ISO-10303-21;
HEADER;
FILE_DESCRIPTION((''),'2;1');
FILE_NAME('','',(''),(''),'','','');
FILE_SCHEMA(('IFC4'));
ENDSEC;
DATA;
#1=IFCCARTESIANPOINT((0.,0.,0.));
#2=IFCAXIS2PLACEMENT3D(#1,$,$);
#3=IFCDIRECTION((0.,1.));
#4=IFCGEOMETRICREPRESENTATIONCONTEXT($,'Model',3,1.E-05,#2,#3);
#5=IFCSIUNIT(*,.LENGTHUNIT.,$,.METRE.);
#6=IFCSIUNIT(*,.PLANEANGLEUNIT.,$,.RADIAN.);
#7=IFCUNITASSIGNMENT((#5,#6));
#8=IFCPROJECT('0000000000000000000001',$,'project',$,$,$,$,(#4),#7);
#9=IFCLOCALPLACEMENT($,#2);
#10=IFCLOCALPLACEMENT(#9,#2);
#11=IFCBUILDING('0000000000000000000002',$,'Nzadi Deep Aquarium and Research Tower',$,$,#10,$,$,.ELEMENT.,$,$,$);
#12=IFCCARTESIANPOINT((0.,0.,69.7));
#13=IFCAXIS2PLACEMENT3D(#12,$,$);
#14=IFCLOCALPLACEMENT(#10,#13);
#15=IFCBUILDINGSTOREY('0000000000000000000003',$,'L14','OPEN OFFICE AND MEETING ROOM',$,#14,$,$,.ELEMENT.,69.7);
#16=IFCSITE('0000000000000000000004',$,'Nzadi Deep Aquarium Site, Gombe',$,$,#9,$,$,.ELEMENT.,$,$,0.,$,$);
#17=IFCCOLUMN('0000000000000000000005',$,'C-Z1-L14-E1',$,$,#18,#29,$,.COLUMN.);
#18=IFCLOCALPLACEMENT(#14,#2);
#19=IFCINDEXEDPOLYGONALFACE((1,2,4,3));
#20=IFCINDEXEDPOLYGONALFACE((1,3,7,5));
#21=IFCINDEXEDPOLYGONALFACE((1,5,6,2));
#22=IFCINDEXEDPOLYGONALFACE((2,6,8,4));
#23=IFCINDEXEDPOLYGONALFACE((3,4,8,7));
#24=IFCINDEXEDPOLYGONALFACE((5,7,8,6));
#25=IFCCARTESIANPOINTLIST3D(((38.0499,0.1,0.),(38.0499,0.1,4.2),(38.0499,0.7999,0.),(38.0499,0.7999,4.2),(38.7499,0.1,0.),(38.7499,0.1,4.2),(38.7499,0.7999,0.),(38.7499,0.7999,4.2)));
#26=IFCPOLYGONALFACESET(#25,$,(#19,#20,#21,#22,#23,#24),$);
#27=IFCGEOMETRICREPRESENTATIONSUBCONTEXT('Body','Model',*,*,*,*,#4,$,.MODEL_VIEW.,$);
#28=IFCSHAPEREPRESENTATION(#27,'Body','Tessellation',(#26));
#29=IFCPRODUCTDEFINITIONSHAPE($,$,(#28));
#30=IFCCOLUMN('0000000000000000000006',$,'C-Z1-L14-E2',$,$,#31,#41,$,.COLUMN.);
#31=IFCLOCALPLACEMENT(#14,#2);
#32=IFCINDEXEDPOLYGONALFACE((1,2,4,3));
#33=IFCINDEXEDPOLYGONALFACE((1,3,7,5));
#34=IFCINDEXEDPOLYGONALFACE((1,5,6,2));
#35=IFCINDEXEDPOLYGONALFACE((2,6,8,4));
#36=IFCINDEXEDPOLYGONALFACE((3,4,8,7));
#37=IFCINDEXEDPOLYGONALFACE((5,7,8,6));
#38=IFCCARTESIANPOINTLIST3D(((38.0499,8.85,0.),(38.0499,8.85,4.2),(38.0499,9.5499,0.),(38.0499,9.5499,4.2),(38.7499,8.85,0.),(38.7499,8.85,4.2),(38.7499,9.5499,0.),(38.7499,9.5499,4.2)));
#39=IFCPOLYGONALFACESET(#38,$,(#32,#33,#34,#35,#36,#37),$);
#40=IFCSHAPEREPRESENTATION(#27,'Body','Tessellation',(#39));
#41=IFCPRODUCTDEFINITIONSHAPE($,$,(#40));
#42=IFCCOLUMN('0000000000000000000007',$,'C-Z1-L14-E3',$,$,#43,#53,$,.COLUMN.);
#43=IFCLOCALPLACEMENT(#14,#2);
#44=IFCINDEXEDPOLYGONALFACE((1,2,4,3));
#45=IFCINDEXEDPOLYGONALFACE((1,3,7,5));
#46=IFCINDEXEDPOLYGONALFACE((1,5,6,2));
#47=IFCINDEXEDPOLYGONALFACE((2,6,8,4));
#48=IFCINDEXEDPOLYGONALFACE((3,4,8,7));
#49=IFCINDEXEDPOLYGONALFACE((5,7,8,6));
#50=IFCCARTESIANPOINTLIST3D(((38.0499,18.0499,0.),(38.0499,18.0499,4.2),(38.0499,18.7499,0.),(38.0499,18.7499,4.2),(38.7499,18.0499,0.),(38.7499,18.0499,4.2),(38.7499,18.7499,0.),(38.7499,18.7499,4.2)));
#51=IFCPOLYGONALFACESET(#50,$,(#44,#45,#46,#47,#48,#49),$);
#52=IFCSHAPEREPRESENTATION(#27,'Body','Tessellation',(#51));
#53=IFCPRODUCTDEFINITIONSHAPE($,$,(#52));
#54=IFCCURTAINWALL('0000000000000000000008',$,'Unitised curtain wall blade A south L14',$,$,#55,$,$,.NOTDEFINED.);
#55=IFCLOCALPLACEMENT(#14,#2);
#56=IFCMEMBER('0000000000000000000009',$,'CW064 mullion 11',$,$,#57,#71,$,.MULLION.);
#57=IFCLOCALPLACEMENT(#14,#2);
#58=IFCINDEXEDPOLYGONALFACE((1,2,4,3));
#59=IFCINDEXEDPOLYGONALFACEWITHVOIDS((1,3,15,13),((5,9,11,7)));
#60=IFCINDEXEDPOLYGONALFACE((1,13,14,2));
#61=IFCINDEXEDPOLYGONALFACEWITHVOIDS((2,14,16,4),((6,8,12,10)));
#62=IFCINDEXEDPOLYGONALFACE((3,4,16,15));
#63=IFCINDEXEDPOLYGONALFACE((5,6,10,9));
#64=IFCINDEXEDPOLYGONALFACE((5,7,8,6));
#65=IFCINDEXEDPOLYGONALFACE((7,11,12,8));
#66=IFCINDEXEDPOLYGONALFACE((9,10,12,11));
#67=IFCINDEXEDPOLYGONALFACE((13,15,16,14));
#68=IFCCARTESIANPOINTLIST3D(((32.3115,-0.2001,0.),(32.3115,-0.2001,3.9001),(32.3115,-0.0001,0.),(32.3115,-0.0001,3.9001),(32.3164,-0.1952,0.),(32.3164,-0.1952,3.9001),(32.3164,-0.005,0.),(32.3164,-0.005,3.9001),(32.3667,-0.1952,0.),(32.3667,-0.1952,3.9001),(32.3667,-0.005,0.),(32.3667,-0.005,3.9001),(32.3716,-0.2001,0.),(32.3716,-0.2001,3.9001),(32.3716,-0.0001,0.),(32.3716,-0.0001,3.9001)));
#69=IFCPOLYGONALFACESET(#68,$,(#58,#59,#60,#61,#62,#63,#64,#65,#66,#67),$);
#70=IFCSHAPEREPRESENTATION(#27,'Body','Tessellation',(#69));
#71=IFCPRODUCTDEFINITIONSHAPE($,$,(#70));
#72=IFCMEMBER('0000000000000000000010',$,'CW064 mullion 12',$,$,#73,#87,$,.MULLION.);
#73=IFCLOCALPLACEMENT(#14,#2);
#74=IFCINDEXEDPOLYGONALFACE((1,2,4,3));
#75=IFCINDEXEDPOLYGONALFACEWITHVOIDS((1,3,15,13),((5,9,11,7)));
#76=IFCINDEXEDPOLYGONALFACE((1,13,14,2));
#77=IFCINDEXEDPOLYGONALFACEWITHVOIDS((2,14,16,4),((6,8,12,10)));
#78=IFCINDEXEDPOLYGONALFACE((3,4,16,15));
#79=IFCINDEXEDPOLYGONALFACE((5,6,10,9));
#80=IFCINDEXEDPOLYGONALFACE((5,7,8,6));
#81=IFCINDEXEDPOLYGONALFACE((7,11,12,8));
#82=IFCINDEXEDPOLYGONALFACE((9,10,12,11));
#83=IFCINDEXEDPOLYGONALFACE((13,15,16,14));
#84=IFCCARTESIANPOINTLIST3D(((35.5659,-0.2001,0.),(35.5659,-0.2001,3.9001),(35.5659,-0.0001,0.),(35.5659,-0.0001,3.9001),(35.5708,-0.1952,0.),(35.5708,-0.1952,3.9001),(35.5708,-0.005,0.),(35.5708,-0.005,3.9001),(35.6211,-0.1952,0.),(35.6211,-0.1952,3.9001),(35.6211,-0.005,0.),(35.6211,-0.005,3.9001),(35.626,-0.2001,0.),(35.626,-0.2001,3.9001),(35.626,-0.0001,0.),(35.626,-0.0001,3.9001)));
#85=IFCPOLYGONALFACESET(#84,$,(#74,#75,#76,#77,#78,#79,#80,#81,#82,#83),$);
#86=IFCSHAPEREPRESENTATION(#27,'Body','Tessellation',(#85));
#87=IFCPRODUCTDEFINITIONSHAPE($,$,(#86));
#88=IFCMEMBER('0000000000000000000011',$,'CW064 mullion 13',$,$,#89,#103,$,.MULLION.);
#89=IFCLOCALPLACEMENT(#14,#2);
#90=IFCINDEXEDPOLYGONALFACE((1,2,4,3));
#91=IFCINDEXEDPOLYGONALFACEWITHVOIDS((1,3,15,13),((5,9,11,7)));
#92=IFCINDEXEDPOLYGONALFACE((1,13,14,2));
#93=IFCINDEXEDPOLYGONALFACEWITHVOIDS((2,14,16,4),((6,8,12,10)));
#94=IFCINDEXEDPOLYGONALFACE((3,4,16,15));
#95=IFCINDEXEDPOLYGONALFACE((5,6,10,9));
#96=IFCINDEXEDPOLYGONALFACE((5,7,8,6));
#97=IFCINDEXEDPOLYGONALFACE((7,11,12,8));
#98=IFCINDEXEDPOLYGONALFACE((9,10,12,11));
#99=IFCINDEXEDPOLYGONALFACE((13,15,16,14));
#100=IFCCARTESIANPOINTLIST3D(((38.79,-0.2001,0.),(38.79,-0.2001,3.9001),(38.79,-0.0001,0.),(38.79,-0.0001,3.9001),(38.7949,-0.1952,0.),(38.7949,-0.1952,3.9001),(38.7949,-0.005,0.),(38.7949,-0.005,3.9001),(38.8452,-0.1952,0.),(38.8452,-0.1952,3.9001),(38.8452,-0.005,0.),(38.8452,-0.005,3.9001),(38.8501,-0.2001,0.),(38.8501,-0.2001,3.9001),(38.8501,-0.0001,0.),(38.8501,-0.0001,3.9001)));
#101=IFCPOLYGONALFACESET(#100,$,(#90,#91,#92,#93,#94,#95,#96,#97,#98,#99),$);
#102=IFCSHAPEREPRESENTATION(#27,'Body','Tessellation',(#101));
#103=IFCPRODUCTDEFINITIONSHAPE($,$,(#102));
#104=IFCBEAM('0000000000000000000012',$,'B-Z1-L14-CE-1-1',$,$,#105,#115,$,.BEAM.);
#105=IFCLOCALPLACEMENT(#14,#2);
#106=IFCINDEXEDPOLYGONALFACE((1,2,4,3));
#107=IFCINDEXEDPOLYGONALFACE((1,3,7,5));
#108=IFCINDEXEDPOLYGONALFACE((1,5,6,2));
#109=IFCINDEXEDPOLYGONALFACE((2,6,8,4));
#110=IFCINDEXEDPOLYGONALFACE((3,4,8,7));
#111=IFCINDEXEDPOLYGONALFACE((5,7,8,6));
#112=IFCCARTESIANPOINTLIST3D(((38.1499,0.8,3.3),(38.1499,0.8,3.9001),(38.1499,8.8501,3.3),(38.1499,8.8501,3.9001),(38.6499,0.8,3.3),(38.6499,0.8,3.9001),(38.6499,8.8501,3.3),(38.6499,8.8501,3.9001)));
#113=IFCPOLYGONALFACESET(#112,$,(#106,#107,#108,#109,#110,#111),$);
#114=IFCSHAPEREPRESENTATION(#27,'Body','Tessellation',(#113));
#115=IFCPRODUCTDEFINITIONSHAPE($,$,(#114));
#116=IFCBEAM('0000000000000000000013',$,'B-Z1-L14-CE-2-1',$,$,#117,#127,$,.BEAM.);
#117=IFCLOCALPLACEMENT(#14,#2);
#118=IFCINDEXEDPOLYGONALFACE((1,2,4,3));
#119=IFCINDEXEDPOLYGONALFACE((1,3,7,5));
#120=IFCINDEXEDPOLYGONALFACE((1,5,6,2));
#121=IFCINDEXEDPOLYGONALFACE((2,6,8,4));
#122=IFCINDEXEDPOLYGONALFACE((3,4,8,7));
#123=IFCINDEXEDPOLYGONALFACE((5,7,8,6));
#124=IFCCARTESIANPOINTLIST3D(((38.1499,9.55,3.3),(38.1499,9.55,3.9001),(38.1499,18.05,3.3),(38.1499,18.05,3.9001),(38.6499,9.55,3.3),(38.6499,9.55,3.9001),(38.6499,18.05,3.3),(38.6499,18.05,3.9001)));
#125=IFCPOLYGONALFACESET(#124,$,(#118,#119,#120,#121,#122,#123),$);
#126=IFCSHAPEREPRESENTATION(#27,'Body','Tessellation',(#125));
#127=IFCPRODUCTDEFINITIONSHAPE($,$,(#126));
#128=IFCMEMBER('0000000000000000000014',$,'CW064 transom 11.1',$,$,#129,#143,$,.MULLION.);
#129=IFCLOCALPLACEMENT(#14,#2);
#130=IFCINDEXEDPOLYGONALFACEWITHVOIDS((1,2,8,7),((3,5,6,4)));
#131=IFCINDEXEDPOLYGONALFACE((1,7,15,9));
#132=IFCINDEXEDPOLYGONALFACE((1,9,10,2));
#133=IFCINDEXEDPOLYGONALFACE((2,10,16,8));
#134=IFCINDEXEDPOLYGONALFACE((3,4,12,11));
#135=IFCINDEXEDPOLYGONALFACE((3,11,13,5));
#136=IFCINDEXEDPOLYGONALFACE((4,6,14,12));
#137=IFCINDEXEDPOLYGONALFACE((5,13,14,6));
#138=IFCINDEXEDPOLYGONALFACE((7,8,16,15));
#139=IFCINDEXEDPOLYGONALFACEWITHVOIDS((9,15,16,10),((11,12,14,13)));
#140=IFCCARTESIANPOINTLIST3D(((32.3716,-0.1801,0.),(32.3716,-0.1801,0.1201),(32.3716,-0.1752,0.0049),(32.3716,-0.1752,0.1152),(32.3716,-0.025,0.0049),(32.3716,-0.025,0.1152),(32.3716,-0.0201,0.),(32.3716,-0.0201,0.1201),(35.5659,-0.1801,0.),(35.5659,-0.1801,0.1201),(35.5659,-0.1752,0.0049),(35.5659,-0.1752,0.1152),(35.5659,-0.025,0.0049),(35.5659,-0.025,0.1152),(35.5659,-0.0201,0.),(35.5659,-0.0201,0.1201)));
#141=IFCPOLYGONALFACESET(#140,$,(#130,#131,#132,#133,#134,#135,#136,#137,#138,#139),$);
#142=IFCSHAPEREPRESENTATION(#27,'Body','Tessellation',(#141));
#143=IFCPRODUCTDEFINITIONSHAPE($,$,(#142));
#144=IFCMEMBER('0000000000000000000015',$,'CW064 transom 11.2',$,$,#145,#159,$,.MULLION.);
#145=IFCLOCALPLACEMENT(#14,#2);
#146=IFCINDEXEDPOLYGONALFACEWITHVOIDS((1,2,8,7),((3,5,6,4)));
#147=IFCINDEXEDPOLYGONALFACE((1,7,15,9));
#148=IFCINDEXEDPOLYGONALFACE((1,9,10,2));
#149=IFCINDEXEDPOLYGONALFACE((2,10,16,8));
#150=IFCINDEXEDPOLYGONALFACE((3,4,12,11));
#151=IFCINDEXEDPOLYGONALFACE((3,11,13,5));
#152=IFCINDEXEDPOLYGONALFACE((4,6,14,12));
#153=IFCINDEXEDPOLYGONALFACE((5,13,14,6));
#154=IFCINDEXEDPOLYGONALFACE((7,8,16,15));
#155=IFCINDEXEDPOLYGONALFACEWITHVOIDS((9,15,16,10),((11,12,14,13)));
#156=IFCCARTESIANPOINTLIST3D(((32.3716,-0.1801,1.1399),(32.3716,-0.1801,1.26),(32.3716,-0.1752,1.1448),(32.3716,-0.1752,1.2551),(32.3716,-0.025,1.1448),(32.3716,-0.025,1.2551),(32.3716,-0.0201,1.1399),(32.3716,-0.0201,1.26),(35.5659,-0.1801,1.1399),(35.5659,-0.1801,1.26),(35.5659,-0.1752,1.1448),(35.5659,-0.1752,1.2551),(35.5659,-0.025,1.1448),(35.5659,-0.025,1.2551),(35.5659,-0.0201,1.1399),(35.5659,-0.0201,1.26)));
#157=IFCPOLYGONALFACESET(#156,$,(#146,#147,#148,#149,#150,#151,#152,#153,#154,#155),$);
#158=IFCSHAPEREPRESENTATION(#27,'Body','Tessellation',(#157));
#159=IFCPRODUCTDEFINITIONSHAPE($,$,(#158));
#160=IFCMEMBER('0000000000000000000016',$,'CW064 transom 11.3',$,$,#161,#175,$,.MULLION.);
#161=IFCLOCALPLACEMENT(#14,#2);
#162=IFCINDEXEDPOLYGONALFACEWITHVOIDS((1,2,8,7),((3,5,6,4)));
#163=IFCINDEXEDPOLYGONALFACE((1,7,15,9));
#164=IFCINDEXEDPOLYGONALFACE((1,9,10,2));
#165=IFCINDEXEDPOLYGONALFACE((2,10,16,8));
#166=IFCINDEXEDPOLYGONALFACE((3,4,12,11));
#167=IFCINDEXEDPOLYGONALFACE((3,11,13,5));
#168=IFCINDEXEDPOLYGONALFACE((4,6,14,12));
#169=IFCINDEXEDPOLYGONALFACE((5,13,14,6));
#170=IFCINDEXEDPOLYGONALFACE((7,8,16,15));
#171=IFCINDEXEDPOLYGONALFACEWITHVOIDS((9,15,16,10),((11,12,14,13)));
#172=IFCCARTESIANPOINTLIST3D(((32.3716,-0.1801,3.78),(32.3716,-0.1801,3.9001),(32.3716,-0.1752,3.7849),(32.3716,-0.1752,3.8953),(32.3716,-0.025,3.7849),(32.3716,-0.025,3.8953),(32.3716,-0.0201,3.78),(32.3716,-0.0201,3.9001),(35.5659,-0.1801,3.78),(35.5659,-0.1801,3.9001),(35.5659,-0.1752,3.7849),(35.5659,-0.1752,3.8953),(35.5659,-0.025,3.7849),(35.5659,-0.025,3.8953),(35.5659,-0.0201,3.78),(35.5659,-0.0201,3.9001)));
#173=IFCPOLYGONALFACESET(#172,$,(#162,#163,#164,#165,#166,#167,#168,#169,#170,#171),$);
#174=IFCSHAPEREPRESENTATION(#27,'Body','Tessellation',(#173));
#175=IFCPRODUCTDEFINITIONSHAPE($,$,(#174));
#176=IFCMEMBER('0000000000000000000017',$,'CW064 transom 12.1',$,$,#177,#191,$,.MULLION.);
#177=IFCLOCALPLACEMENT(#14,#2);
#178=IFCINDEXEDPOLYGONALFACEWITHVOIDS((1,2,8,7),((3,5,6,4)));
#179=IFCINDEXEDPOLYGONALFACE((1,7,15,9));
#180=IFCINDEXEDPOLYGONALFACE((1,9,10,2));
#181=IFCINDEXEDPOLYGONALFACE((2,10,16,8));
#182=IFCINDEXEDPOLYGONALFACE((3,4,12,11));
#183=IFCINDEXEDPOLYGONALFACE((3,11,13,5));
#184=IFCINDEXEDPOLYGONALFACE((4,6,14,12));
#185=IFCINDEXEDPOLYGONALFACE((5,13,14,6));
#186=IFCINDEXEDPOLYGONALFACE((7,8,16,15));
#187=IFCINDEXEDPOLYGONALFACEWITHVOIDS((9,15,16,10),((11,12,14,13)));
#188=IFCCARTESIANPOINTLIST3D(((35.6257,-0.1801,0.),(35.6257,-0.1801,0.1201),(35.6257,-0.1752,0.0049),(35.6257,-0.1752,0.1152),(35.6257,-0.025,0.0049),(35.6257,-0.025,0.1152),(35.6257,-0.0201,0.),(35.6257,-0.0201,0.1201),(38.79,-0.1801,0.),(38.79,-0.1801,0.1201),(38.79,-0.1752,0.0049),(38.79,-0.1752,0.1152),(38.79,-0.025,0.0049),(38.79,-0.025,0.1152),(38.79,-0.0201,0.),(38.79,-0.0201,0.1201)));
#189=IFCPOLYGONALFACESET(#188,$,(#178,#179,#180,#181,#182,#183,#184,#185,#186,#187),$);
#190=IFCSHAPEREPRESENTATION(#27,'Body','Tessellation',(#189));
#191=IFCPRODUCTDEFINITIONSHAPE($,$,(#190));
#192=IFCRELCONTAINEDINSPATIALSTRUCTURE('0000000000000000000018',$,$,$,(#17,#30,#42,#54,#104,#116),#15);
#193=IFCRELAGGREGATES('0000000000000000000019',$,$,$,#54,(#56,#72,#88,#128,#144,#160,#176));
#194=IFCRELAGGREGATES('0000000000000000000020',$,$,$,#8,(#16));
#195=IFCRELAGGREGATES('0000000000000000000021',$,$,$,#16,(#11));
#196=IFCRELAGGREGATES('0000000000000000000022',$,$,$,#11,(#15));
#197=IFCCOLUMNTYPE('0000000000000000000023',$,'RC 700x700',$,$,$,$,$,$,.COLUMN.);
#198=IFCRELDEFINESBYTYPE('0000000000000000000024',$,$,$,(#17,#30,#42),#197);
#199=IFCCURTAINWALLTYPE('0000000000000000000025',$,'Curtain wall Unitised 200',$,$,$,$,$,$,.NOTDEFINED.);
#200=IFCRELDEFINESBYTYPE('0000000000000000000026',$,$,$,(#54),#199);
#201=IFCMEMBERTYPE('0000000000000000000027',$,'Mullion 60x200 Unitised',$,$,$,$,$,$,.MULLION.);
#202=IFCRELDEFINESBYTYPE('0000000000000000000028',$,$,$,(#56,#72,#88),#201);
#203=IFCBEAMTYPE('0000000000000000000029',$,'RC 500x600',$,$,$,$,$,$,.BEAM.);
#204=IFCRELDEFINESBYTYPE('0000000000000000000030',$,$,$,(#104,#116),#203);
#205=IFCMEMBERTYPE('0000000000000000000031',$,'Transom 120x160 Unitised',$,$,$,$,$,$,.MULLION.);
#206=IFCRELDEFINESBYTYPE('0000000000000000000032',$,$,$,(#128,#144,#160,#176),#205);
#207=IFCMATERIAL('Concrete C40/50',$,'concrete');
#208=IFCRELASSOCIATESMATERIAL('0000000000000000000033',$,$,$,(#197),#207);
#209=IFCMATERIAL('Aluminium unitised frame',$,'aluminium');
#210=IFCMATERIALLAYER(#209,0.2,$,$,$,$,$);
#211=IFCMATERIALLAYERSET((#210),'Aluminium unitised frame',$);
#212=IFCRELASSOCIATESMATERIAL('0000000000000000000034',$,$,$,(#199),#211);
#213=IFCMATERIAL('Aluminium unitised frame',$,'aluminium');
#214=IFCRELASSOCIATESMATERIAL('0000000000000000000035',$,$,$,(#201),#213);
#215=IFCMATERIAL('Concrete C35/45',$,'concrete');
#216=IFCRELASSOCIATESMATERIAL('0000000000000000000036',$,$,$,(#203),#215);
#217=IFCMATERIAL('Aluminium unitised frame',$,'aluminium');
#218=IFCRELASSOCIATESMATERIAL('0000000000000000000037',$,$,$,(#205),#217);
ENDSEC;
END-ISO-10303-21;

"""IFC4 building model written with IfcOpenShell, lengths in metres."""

from ifc_helpers import new_model, si_unit, direction, frame, origin, origin_2d, place, context, subcontext, project, spatial, rectangle, hollow_rectangle, extrude, material, layer, layer_set, material_profile, profile_set, type_object, element, aggregate, save


model = new_model("IFC4")

# Units and contexts
model_context = context("Model", 3, precision=1e-05, world=origin(), true_north=direction((0.0, 1.0)))
body_context = subcontext(model_context, "Body", "Model", "MODEL_VIEW")
ifc_project = project(units=[si_unit("LENGTHUNIT", "METRE"), si_unit("PLANEANGLEUNIT", "RADIAN")], contexts=[model_context])

# Site, building, storey
site_placement = place(None, origin())
site = spatial("IfcSite", under=ifc_project, at=site_placement, Name="Nzadi Deep Aquarium Site, Gombe", CompositionType="ELEMENT", RefElevation=0.0)
building_placement = place(site_placement, origin())
building = spatial("IfcBuilding", under=site, at=building_placement, Name="Nzadi Deep Aquarium and Research Tower", CompositionType="ELEMENT")
storey_placement = place(building_placement, frame((0.0, 0.0, 69.7)))
storey = spatial("IfcBuildingStorey", under=building, at=storey_placement, Name="L14", Description="OPEN OFFICE AND MEETING ROOM", CompositionType="ELEMENT", Elevation=69.7)

# Columns
ifc_material_1 = material(Name="Concrete C40/50", Category="concrete")
ifc_material_profile_1 = material_profile(ifc_material_1, rectangle(XDim=0.7, YDim=0.7, at=origin_2d()))
ifc_profile_set_1 = profile_set([ifc_material_profile_1], Name="Concrete C40/50")
column_type = type_object("IfcColumnType", Name="RC 700x700", PredefinedType="COLUMN", material=ifc_profile_set_1)
for number, where, z_axis, x_axis, name in (
    (1, (38.3999, 0.45, 0.0), (0.0, 0.0, 1.0), (1.0, 0.0, 0.0), "C-Z1-L14-E1"),
    (2, (38.3999, 9.2, 0.0), (0.0, 0.0, 1.0), (1.0, 0.0, 0.0), "C-Z1-L14-E2"),
    (3, (38.3999, 18.3999, 0.0), (0.0, 0.0, 1.0), (1.0, 0.0, 0.0), "C-Z1-L14-E3"),
):
    element("IfcColumn", number, at=place(storey_placement, frame(where, z_axis=z_axis, x_axis=x_axis)), inside=storey, type_object=column_type, Name=name, PredefinedType="COLUMN", context=body_context, shape_type="SweptSolid", body=[
        extrude(rectangle(XDim=0.7, YDim=0.7, at=origin_2d()), origin(), (0.0, 0.0, 1.0), 4.2),
    ])

# Curtain wall, members
ifc_material_2 = material(Name="Aluminium unitised frame", Category="aluminium")
ifc_layer_1 = layer(ifc_material_2, 0.2)
ifc_layer_set_1 = layer_set([ifc_layer_1], Name="Aluminium unitised frame")
curtain_wall_type = type_object("IfcCurtainWallType", Name="Curtain wall Unitised 200", PredefinedType="NOTDEFINED", material=ifc_layer_set_1)
curtain_wall_placement = place(storey_placement, origin())
curtain_wall = element("IfcCurtainWall", 4, at=curtain_wall_placement, inside=storey, type_object=curtain_wall_type, Name="Unitised curtain wall blade A south L14", PredefinedType="NOTDEFINED")
ifc_material_3 = material(Name="Aluminium unitised frame", Category="aluminium")
ifc_material_profile_2 = material_profile(ifc_material_3, hollow_rectangle(XDim=0.2, YDim=0.0601, WallThickness=0.0049, at=origin_2d()))
ifc_profile_set_2 = profile_set([ifc_material_profile_2], Name="Aluminium unitised frame")
member_type_1 = type_object("IfcMemberType", Name="Mullion 60x200 Unitised", PredefinedType="MULLION", material=ifc_profile_set_2)
member_1_placement = place(storey_placement, frame((32.3416, -0.1001, 0.0), z_axis=(0.0, 0.0, 1.0), x_axis=(0.0, 1.0, 0.0)))
member_1 = element("IfcMember", 5, at=member_1_placement, type_object=member_type_1, Name="CW064 mullion 11", PredefinedType="MULLION", context=body_context, shape_type="SweptSolid", body=[
    extrude(hollow_rectangle(XDim=0.2, YDim=0.0601, WallThickness=0.0049, at=origin_2d()), origin(), (0.0, 0.0, 1.0), 3.9001),
])
member_2_placement = place(storey_placement, frame((35.5959, -0.1001, 0.0), z_axis=(0.0, 0.0, 1.0), x_axis=(0.0, 1.0, 0.0)))
member_2 = element("IfcMember", 6, at=member_2_placement, type_object=member_type_1, Name="CW064 mullion 12", PredefinedType="MULLION", context=body_context, shape_type="SweptSolid", body=[
    extrude(hollow_rectangle(XDim=0.2, YDim=0.0601, WallThickness=0.0049, at=origin_2d()), origin(), (0.0, 0.0, 1.0), 3.9001),
])
member_3_placement = place(storey_placement, frame((38.8201, -0.1001, 0.0), z_axis=(0.0, 0.0, 1.0), x_axis=(0.0, 1.0, 0.0)))
member_3 = element("IfcMember", 7, at=member_3_placement, type_object=member_type_1, Name="CW064 mullion 13", PredefinedType="MULLION", context=body_context, shape_type="SweptSolid", body=[
    extrude(hollow_rectangle(XDim=0.2, YDim=0.0601, WallThickness=0.0049, at=origin_2d()), origin(), (0.0, 0.0, 1.0), 3.9001),
])

# Beams
ifc_material_4 = material(Name="Concrete C35/45", Category="concrete")
ifc_material_profile_3 = material_profile(ifc_material_4, rectangle(XDim=0.5, YDim=0.6001, at=origin_2d()))
ifc_profile_set_3 = profile_set([ifc_material_profile_3], Name="Concrete C35/45")
beam_type = type_object("IfcBeamType", Name="RC 500x600", PredefinedType="BEAM", material=ifc_profile_set_3)
beam_1_placement = place(storey_placement, frame((38.3999, 0.8, 3.6001), z_axis=(0.0, 1.0, 0.0), x_axis=(-1.0, 0.0, 0.0)))
element("IfcBeam", 8, at=beam_1_placement, inside=storey, type_object=beam_type, Name="B-Z1-L14-CE-1-1", PredefinedType="BEAM", context=body_context, shape_type="SweptSolid", body=[
    extrude(rectangle(XDim=0.5, YDim=0.6001, at=origin_2d()), origin(), (0.0, 0.0, 1.0), 8.05),
])
beam_2_placement = place(storey_placement, frame((38.3999, 9.55, 3.6001), z_axis=(0.0, 1.0, 0.0), x_axis=(-1.0, 0.0, 0.0)))
element("IfcBeam", 9, at=beam_2_placement, inside=storey, type_object=beam_type, Name="B-Z1-L14-CE-2-1", PredefinedType="BEAM", context=body_context, shape_type="SweptSolid", body=[
    extrude(rectangle(XDim=0.5, YDim=0.6001, at=origin_2d()), origin(), (0.0, 0.0, 1.0), 8.5),
])

# Members
ifc_material_5 = material(Name="Aluminium unitised frame", Category="aluminium")
ifc_material_profile_4 = material_profile(ifc_material_5, hollow_rectangle(XDim=0.1599, YDim=0.1201, WallThickness=0.0049, at=origin_2d()))
ifc_profile_set_4 = profile_set([ifc_material_profile_4], Name="Aluminium unitised frame")
member_type_2 = type_object("IfcMemberType", Name="Transom 120x160 Unitised", PredefinedType="MULLION", material=ifc_profile_set_4)
member_4_placement = place(storey_placement, frame((32.3716, -0.1001, 0.0601), z_axis=(1.0, 0.0, 0.0), x_axis=(0.0, 1.0, 0.0)))
member_4 = element("IfcMember", 10, at=member_4_placement, type_object=member_type_2, Name="CW064 transom 11.1", PredefinedType="MULLION", context=body_context, shape_type="SweptSolid", body=[
    extrude(hollow_rectangle(XDim=0.1599, YDim=0.1201, WallThickness=0.0049, at=origin_2d()), origin(), (0.0, 0.0, 1.0), 3.1943),
])
member_5_placement = place(storey_placement, frame((32.3716, -0.1001, 1.2), z_axis=(1.0, 0.0, 0.0), x_axis=(0.0, 1.0, 0.0)))
member_5 = element("IfcMember", 11, at=member_5_placement, type_object=member_type_2, Name="CW064 transom 11.2", PredefinedType="MULLION", context=body_context, shape_type="SweptSolid", body=[
    extrude(hollow_rectangle(XDim=0.1599, YDim=0.1201, WallThickness=0.0049, at=origin_2d()), origin(), (0.0, 0.0, 1.0), 3.1943),
])
member_6_placement = place(storey_placement, frame((32.3716, -0.1001, 3.8401), z_axis=(1.0, 0.0, 0.0), x_axis=(0.0, 1.0, 0.0)))
member_6 = element("IfcMember", 12, at=member_6_placement, type_object=member_type_2, Name="CW064 transom 11.3", PredefinedType="MULLION", context=body_context, shape_type="SweptSolid", body=[
    extrude(hollow_rectangle(XDim=0.1599, YDim=0.1201, WallThickness=0.0049, at=origin_2d()), origin(), (0.0, 0.0, 1.0), 3.1943),
])
member_7_placement = place(storey_placement, frame((35.6257, -0.1001, 0.0601), z_axis=(1.0, 0.0, 0.0), x_axis=(0.0, 1.0, 0.0)))
member_7 = element("IfcMember", 13, at=member_7_placement, type_object=member_type_2, Name="CW064 transom 12.1", PredefinedType="MULLION", context=body_context, shape_type="SweptSolid", body=[
    extrude(hollow_rectangle(XDim=0.1599, YDim=0.1201, WallThickness=0.0049, at=origin_2d()), origin(), (0.0, 0.0, 1.0), 3.1643),
])

aggregate(curtain_wall, [member_1, member_2, member_3, member_4, member_5, member_6, member_7])

save(model, "model.ifc")
